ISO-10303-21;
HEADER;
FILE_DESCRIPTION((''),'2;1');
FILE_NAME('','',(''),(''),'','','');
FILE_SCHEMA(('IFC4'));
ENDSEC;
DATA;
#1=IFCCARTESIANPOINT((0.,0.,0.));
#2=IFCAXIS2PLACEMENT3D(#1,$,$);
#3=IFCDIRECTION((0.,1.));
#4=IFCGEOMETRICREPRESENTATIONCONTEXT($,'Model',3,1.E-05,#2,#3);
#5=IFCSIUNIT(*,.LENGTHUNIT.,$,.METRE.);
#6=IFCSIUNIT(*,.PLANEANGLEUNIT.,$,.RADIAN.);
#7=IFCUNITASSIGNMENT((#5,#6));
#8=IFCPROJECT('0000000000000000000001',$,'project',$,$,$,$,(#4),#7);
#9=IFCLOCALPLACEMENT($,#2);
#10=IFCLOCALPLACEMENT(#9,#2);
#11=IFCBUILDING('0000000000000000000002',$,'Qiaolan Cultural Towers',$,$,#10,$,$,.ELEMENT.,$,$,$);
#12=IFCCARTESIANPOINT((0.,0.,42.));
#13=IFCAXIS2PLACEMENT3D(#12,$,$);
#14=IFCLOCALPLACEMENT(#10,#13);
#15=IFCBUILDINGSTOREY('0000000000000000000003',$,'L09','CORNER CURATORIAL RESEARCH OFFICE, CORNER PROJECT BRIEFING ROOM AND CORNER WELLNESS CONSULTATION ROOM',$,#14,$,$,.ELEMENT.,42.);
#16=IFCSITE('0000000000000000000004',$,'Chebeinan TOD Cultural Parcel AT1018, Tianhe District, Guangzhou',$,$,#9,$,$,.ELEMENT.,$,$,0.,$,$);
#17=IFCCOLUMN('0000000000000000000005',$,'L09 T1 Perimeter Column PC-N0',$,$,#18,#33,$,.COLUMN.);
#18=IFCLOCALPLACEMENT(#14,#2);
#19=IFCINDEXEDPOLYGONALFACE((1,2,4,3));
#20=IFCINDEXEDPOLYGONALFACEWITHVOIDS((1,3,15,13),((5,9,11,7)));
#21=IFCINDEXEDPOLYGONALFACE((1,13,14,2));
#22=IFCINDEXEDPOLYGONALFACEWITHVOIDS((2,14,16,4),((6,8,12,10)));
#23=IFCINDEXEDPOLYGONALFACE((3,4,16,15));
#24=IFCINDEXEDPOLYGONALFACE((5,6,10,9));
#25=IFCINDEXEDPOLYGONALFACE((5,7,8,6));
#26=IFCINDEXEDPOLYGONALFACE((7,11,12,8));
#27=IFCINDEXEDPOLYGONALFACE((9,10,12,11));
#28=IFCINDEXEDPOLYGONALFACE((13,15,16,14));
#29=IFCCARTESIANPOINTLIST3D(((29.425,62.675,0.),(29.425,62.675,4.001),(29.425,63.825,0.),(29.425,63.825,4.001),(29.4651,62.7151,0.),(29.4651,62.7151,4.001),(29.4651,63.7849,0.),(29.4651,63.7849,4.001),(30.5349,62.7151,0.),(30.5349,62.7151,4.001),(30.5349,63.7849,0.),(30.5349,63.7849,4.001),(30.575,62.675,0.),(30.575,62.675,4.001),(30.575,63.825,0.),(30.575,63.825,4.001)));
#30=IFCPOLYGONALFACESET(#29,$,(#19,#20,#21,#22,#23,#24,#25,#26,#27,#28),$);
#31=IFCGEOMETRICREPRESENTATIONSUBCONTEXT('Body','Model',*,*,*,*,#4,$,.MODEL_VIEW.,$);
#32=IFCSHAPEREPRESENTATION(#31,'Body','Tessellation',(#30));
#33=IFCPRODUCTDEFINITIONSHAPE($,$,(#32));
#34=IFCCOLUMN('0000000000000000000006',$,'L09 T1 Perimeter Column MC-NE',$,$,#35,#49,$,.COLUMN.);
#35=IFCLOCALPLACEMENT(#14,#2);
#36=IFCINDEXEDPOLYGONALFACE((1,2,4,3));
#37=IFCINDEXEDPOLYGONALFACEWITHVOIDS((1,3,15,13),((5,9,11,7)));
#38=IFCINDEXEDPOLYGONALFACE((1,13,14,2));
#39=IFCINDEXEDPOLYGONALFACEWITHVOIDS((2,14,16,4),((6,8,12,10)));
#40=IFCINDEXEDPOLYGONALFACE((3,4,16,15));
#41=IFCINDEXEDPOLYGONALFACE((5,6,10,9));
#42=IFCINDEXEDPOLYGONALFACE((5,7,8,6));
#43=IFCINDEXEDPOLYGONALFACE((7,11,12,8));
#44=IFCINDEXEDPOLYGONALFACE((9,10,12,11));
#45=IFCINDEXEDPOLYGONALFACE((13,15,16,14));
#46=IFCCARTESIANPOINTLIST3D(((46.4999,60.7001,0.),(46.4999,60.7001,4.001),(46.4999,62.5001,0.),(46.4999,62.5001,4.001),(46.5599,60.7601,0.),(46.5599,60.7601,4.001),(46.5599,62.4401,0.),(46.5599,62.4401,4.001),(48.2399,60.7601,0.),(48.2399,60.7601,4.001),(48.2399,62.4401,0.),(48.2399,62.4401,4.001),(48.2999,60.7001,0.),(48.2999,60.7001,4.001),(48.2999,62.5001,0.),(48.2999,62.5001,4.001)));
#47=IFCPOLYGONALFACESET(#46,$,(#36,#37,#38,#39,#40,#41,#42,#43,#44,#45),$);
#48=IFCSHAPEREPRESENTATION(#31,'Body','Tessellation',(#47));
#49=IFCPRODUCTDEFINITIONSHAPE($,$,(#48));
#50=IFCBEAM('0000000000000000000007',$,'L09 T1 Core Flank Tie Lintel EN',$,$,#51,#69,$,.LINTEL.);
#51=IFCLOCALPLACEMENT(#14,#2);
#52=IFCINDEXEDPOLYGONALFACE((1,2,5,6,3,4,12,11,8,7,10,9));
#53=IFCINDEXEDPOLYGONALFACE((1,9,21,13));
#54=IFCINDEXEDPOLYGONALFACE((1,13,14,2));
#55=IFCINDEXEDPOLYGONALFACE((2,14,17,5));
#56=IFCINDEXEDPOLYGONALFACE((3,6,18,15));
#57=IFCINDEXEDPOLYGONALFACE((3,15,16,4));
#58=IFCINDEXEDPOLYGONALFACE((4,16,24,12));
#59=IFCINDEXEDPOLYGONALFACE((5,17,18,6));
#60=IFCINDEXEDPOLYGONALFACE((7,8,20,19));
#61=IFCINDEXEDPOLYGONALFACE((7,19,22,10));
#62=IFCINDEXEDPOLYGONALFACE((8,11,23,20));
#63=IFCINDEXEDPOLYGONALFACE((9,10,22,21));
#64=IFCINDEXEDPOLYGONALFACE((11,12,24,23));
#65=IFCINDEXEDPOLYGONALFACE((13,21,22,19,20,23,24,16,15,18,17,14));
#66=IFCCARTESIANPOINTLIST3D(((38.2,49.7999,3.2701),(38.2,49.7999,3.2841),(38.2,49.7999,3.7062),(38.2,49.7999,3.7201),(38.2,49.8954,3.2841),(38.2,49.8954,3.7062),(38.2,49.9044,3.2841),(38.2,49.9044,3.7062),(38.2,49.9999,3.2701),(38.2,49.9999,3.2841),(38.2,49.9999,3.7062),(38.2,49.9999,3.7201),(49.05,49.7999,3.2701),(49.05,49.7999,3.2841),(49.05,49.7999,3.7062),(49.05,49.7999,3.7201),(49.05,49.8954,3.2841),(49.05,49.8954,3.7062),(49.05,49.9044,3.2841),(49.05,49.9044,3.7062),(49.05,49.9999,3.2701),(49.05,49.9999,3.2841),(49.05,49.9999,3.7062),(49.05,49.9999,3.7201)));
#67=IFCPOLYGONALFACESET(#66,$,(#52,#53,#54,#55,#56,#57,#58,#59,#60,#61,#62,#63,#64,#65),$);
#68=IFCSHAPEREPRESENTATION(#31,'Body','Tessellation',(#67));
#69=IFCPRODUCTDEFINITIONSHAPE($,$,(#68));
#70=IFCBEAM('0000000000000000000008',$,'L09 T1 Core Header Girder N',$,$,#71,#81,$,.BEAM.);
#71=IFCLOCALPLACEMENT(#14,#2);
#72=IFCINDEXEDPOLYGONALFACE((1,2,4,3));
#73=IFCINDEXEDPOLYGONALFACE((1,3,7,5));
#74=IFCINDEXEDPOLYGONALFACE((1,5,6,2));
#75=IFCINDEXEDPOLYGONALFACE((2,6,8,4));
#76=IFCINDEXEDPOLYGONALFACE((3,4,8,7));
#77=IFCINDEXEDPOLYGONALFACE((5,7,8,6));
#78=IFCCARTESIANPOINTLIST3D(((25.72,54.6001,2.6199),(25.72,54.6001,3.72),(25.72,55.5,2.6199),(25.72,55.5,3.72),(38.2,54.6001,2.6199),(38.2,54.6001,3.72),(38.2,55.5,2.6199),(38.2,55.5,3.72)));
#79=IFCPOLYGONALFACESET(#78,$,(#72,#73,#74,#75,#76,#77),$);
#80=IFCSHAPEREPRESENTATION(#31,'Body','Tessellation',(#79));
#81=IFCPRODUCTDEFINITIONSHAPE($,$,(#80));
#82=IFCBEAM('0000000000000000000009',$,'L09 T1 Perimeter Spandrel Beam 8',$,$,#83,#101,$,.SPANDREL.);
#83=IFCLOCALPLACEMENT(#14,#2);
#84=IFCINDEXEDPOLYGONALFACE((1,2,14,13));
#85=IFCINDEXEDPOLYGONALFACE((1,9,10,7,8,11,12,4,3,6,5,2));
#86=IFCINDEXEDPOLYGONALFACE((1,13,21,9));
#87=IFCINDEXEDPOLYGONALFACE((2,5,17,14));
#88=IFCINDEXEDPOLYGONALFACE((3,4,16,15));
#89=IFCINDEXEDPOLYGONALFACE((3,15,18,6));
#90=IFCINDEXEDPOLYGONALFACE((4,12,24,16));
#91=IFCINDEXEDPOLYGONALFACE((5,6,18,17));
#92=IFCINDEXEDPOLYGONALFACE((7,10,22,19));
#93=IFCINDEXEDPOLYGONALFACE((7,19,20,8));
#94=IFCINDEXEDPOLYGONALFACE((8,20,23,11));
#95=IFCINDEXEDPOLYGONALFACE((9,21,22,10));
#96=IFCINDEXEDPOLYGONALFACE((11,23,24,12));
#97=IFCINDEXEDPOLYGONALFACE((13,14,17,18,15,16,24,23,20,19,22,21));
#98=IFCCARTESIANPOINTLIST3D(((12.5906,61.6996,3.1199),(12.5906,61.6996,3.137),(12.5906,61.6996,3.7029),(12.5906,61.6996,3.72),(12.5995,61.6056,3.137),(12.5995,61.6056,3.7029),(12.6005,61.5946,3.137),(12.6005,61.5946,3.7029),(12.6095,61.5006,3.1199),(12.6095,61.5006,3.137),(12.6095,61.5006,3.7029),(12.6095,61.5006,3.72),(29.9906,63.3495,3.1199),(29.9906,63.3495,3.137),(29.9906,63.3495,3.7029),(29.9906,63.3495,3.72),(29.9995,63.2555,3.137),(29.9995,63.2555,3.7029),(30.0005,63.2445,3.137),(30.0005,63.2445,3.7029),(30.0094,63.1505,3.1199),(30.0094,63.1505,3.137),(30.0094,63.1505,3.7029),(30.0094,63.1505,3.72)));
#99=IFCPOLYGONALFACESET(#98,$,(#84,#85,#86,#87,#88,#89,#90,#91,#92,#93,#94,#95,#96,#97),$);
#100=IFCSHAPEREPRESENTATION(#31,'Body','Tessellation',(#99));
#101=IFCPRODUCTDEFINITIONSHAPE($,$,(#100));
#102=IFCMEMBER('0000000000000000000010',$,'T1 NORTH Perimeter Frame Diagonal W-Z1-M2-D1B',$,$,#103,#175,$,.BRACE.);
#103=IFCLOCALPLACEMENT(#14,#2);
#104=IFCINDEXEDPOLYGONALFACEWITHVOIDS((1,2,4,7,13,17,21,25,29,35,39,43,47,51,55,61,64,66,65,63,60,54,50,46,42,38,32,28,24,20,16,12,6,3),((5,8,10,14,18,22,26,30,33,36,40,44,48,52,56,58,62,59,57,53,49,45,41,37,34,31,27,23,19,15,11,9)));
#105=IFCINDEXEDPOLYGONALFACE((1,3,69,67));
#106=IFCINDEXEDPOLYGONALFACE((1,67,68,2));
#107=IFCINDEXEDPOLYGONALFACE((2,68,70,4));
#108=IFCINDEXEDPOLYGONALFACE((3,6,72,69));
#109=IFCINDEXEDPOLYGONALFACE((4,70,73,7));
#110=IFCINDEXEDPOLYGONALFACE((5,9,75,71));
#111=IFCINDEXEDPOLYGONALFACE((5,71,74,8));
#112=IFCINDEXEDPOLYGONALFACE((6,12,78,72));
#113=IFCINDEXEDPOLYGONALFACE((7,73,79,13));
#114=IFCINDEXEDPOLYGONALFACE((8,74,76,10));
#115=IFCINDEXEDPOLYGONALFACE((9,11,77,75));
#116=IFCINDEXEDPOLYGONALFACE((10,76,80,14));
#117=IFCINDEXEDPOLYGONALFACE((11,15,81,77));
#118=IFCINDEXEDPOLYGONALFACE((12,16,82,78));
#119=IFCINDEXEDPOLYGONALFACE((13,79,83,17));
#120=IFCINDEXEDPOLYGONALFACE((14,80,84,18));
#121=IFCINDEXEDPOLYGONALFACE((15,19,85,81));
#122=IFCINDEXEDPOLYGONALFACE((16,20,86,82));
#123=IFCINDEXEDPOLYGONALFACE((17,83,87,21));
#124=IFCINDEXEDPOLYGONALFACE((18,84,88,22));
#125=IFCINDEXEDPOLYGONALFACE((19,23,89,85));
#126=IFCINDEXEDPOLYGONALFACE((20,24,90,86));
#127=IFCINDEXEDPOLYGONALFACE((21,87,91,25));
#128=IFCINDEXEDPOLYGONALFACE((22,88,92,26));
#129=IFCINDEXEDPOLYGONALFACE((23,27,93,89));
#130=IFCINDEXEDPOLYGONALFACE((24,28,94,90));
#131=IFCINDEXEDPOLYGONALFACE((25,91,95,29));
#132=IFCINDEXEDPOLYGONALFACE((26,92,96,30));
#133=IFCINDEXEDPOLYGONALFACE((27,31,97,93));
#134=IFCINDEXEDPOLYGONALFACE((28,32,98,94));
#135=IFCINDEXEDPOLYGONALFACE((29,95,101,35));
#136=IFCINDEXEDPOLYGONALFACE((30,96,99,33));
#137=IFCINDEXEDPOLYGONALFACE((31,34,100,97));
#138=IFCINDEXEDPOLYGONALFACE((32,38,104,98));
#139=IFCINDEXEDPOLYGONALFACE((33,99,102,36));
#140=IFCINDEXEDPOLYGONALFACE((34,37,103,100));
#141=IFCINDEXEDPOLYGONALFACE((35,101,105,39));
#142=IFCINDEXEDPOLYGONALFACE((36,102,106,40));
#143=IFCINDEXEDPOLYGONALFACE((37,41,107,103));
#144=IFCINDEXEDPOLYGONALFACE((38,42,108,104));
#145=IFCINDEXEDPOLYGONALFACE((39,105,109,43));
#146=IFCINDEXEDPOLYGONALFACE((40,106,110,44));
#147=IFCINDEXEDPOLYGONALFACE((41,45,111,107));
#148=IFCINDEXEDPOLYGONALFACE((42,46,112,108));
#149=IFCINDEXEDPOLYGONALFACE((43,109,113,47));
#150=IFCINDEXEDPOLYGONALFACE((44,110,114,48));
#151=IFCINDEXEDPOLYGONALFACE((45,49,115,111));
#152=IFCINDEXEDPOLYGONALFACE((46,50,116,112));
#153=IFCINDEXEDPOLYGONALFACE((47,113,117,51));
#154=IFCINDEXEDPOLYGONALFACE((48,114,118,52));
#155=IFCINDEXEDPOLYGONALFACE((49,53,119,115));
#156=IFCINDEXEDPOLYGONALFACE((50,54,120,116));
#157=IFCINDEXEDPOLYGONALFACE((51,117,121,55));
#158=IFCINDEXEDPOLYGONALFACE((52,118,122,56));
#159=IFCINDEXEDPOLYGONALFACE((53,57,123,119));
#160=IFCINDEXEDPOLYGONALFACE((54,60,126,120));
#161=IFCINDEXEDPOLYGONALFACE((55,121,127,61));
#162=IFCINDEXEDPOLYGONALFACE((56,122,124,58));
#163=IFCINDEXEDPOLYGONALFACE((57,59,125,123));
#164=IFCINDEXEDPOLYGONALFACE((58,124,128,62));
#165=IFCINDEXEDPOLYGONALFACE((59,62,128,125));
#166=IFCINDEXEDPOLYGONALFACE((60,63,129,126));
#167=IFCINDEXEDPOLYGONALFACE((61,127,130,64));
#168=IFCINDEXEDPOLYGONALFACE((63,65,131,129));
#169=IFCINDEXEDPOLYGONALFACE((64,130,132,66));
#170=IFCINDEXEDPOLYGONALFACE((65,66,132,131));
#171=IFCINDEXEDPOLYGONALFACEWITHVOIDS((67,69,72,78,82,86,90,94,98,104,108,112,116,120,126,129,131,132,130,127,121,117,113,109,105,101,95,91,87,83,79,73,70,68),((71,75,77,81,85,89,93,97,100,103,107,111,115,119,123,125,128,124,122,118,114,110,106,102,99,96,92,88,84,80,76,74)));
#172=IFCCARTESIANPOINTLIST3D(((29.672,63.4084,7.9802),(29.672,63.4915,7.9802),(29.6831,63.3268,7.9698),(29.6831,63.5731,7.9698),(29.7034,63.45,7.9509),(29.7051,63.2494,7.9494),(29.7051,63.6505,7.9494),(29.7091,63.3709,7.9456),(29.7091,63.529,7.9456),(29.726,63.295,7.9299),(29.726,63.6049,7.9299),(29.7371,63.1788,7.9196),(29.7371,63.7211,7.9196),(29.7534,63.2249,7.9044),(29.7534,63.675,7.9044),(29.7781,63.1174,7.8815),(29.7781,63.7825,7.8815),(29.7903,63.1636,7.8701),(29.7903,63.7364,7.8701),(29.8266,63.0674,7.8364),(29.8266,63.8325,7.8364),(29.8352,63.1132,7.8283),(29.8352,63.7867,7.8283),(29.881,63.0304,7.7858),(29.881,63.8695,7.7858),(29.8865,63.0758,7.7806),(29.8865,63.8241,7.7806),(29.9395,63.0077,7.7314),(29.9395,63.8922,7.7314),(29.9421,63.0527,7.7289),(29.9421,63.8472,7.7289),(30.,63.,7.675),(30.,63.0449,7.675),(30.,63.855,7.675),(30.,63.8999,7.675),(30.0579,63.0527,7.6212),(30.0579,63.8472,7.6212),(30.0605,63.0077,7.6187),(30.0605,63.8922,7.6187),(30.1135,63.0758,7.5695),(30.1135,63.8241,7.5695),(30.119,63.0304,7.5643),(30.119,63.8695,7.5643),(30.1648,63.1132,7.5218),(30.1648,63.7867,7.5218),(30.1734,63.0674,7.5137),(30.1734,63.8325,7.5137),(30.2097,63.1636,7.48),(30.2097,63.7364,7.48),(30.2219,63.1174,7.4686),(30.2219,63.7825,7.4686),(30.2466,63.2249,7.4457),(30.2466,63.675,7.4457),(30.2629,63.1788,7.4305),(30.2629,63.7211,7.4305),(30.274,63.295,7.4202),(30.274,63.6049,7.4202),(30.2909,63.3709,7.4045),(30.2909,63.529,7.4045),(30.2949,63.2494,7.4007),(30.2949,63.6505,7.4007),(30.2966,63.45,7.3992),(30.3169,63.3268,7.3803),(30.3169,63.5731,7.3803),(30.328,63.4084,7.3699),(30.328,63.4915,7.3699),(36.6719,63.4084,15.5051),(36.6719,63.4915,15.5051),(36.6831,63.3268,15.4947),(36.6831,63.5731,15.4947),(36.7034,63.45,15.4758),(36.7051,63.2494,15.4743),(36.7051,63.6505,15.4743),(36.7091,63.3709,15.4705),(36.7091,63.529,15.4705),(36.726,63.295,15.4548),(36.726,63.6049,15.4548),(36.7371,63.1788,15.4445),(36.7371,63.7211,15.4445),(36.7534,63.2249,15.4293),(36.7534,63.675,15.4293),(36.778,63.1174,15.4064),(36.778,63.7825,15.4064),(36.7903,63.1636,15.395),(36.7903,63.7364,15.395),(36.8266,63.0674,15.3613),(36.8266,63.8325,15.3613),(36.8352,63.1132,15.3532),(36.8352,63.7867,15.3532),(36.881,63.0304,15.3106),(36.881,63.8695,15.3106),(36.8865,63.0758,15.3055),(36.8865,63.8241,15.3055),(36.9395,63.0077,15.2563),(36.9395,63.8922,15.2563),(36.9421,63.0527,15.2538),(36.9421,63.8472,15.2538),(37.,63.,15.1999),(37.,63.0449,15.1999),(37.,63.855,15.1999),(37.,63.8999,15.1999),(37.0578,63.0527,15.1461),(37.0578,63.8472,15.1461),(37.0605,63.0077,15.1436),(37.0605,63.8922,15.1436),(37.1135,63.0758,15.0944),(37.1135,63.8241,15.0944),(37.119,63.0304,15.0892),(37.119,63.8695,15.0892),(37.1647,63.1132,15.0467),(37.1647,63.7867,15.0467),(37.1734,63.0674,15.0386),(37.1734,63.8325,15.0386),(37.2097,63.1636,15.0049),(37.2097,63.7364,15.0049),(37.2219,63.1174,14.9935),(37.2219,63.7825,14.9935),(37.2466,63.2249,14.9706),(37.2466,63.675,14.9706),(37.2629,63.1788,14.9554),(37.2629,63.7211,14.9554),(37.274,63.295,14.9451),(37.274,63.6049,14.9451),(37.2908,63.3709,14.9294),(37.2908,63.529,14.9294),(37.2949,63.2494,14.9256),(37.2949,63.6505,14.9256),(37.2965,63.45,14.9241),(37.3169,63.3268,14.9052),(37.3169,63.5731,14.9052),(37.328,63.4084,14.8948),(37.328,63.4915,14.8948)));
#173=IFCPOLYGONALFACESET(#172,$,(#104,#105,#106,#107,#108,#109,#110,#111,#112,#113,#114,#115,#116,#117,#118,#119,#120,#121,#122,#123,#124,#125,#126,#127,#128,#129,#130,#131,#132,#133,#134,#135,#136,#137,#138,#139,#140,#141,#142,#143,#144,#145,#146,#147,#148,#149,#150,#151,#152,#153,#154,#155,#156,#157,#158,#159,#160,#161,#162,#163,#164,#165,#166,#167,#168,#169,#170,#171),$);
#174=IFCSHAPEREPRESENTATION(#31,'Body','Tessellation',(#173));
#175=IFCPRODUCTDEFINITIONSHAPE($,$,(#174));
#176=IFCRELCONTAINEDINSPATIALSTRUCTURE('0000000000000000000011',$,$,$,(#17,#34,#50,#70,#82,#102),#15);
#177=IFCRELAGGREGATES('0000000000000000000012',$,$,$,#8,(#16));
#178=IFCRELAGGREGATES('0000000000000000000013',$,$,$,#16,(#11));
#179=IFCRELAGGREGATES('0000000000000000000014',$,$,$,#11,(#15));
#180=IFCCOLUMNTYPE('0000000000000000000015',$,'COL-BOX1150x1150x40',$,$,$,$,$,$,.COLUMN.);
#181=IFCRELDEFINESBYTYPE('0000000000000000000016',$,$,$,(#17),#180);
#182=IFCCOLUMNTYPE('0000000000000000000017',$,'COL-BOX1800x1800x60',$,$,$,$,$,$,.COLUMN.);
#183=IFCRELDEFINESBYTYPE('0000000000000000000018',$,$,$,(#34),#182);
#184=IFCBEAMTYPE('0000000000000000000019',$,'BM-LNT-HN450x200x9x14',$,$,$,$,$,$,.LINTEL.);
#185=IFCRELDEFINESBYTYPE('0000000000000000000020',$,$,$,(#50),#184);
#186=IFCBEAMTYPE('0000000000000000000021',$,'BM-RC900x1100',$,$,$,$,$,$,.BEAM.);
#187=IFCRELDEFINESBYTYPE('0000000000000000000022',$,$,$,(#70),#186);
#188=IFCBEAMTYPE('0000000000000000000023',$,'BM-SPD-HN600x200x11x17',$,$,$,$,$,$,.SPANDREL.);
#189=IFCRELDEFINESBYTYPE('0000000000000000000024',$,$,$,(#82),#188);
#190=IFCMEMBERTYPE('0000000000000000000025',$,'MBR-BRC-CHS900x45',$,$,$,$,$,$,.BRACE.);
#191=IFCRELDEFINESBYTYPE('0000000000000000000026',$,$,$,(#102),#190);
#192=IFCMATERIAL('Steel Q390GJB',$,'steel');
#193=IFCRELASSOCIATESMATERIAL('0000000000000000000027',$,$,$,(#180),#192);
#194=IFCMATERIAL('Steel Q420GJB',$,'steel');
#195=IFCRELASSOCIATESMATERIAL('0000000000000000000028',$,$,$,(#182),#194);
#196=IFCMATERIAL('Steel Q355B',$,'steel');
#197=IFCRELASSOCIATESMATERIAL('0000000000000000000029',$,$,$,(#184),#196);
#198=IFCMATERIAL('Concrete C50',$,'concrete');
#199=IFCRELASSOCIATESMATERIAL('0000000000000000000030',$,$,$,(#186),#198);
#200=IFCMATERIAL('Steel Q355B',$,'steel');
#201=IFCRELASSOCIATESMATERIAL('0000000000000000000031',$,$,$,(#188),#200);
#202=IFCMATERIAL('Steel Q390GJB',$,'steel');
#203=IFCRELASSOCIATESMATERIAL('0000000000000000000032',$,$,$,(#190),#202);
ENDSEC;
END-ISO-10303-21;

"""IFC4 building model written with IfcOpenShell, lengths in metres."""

from ifc_helpers import new_model, si_unit, direction, frame, origin, origin_2d, place, context, subcontext, project, spatial, rectangle, hollow_rectangle, hollow_circle, i_section, extrude, material, material_profile, profile_set, type_object, element, save


model = new_model("IFC4")

# Units and contexts
model_context = context("Model", 3, precision=1e-05, world=origin(), true_north=direction((0.0, 1.0)))
body_context = subcontext(model_context, "Body", "Model", "MODEL_VIEW")
ifc_project = project(units=[si_unit("LENGTHUNIT", "METRE"), si_unit("PLANEANGLEUNIT", "RADIAN")], contexts=[model_context])

# Site, building, storey
site_placement = place(None, origin())
site = spatial("IfcSite", under=ifc_project, at=site_placement, Name="Chebeinan TOD Cultural Parcel AT1018, Tianhe District, Guangzhou", CompositionType="ELEMENT", RefElevation=0.0)
building_placement = place(site_placement, origin())
building = spatial("IfcBuilding", under=site, at=building_placement, Name="Qiaolan Cultural Towers", CompositionType="ELEMENT")
storey_placement = place(building_placement, frame((0.0, 0.0, 42.0)))
storey = spatial("IfcBuildingStorey", under=building, at=storey_placement, Name="L09", Description="CORNER CURATORIAL RESEARCH OFFICE, CORNER PROJECT BRIEFING ROOM AND CORNER WELLNESS CONSULTATION ROOM", CompositionType="ELEMENT", Elevation=42.0)

# Columns
ifc_material_1 = material(Name="Steel Q390GJB", Category="steel")
ifc_material_profile_1 = material_profile(ifc_material_1, hollow_rectangle(XDim=1.1499, YDim=1.1499, WallThickness=0.04, at=origin_2d()), Name="BOX1150x1150x40")
ifc_profile_set_1 = profile_set([ifc_material_profile_1], Name="Steel Q390GJB")
column_type_1 = type_object("IfcColumnType", Name="COL-BOX1150x1150x40", PredefinedType="COLUMN", material=ifc_profile_set_1)
column_1_placement = place(storey_placement, frame((30.0, 63.25, 0.0), z_axis=(0.0, 0.0, 1.0), x_axis=(1.0, 0.0, 0.0)))
element("IfcColumn", 1, at=column_1_placement, inside=storey, type_object=column_type_1, Name="L09 T1 Perimeter Column PC-N0", PredefinedType="COLUMN", context=body_context, shape_type="SweptSolid", body=[
    extrude(hollow_rectangle(XDim=1.1499, YDim=1.1499, WallThickness=0.04, at=origin_2d()), origin(), (0.0, 0.0, 1.0), 4.001),
])
ifc_material_2 = material(Name="Steel Q420GJB", Category="steel")
ifc_material_profile_2 = material_profile(ifc_material_2, hollow_rectangle(XDim=1.8, YDim=1.8, WallThickness=0.0601, at=origin_2d()), Name="BOX1800x1800x60")
ifc_profile_set_2 = profile_set([ifc_material_profile_2], Name="Steel Q420GJB")
column_type_2 = type_object("IfcColumnType", Name="COL-BOX1800x1800x60", PredefinedType="COLUMN", material=ifc_profile_set_2)
column_2_placement = place(storey_placement, frame((47.3999, 61.6001, 0.0), z_axis=(0.0, 0.0, 1.0), x_axis=(1.0, 0.0, 0.0)))
element("IfcColumn", 2, at=column_2_placement, inside=storey, type_object=column_type_2, Name="L09 T1 Perimeter Column MC-NE", PredefinedType="COLUMN", context=body_context, shape_type="SweptSolid", body=[
    extrude(hollow_rectangle(XDim=1.8, YDim=1.8, WallThickness=0.0601, at=origin_2d()), origin(), (0.0, 0.0, 1.0), 4.001),
])

# Beams
ifc_material_3 = material(Name="Steel Q355B", Category="steel")
ifc_material_profile_3 = material_profile(ifc_material_3, i_section(OverallWidth=0.2, OverallDepth=0.45, WebThickness=0.009, FlangeThickness=0.0139, at=origin_2d()), Name="HN450x200x9x14")
ifc_profile_set_3 = profile_set([ifc_material_profile_3], Name="Steel Q355B")
beam_type_1 = type_object("IfcBeamType", Name="BM-LNT-HN450x200x9x14", PredefinedType="LINTEL", material=ifc_profile_set_3)
beam_1_placement = place(storey_placement, frame((38.2, 49.8999, 3.4951), z_axis=(1.0, 0.0, 0.0), x_axis=(0.0, 1.0, 0.0)))
element("IfcBeam", 3, at=beam_1_placement, inside=storey, type_object=beam_type_1, Name="L09 T1 Core Flank Tie Lintel EN", PredefinedType="LINTEL", context=body_context, shape_type="SweptSolid", body=[
    extrude(i_section(OverallWidth=0.2, OverallDepth=0.45, WebThickness=0.009, FlangeThickness=0.0139, at=origin_2d()), origin(), (0.0, 0.0, 1.0), 10.8501),
])
ifc_material_4 = material(Name="Concrete C50", Category="concrete")
ifc_material_profile_4 = material_profile(ifc_material_4, rectangle(XDim=0.8999, YDim=1.1001, at=origin_2d()), Name="RC900x1100")
ifc_profile_set_4 = profile_set([ifc_material_profile_4], Name="Concrete C50")
beam_type_2 = type_object("IfcBeamType", Name="BM-RC900x1100", PredefinedType="BEAM", material=ifc_profile_set_4)
beam_2_placement = place(storey_placement, frame((25.72, 55.05, 3.1699), z_axis=(1.0, 0.0, 0.0), x_axis=(0.0, 1.0, 0.0)))
element("IfcBeam", 4, at=beam_2_placement, inside=storey, type_object=beam_type_2, Name="L09 T1 Core Header Girder N", PredefinedType="BEAM", context=body_context, shape_type="SweptSolid", body=[
    extrude(rectangle(XDim=0.8999, YDim=1.1001, at=origin_2d()), origin(), (0.0, 0.0, 1.0), 12.48),
])
ifc_material_5 = material(Name="Steel Q355B", Category="steel")
ifc_material_profile_5 = material_profile(ifc_material_5, i_section(OverallWidth=0.2, OverallDepth=0.6001, WebThickness=0.011, FlangeThickness=0.0171, at=origin_2d()), Name="HN600x200x11x17")
ifc_profile_set_5 = profile_set([ifc_material_profile_5], Name="Steel Q355B")
beam_type_3 = type_object("IfcBeamType", Name="BM-SPD-HN600x200x11x17", PredefinedType="SPANDREL", material=ifc_profile_set_5)
beam_3_placement = place(storey_placement, frame((30.0, 63.25, 3.4199), z_axis=(-0.995534, -0.094399, 0.0), x_axis=(0.094399, -0.995534, 0.0)))
element("IfcBeam", 5, at=beam_3_placement, inside=storey, type_object=beam_type_3, Name="L09 T1 Perimeter Spandrel Beam 8", PredefinedType="SPANDREL", context=body_context, shape_type="SweptSolid", body=[
    extrude(i_section(OverallWidth=0.2, OverallDepth=0.6001, WebThickness=0.011, FlangeThickness=0.0171, at=origin_2d()), origin(), (0.0, 0.0, 1.0), 17.478),
])

# Member
ifc_material_6 = material(Name="Steel Q390GJB", Category="steel")
ifc_material_profile_6 = material_profile(ifc_material_6, hollow_circle(Radius=0.45, WallThickness=0.0449, at=origin_2d()), Name="CHS900x45")
ifc_profile_set_6 = profile_set([ifc_material_profile_6], Name="Steel Q390GJB")
member_type = type_object("IfcMemberType", Name="MBR-BRC-CHS900x45", PredefinedType="BRACE", material=ifc_profile_set_6)
member_1_placement = place(storey_placement, frame((30.0, 63.45, 7.675), z_axis=(0.681109, 0.0, 0.732182), x_axis=(0.0, 1.0, 0.0)))
element("IfcMember", 6, at=member_1_placement, inside=storey, type_object=member_type, Name="T1 NORTH Perimeter Frame Diagonal W-Z1-M2-D1B", PredefinedType="BRACE", context=body_context, shape_type="SweptSolid", body=[
    extrude(hollow_circle(Radius=0.45, WallThickness=0.0449, at=origin_2d()), origin(), (0.0, 0.0, 1.0), 10.2773),
])

save(model, "model.ifc")
